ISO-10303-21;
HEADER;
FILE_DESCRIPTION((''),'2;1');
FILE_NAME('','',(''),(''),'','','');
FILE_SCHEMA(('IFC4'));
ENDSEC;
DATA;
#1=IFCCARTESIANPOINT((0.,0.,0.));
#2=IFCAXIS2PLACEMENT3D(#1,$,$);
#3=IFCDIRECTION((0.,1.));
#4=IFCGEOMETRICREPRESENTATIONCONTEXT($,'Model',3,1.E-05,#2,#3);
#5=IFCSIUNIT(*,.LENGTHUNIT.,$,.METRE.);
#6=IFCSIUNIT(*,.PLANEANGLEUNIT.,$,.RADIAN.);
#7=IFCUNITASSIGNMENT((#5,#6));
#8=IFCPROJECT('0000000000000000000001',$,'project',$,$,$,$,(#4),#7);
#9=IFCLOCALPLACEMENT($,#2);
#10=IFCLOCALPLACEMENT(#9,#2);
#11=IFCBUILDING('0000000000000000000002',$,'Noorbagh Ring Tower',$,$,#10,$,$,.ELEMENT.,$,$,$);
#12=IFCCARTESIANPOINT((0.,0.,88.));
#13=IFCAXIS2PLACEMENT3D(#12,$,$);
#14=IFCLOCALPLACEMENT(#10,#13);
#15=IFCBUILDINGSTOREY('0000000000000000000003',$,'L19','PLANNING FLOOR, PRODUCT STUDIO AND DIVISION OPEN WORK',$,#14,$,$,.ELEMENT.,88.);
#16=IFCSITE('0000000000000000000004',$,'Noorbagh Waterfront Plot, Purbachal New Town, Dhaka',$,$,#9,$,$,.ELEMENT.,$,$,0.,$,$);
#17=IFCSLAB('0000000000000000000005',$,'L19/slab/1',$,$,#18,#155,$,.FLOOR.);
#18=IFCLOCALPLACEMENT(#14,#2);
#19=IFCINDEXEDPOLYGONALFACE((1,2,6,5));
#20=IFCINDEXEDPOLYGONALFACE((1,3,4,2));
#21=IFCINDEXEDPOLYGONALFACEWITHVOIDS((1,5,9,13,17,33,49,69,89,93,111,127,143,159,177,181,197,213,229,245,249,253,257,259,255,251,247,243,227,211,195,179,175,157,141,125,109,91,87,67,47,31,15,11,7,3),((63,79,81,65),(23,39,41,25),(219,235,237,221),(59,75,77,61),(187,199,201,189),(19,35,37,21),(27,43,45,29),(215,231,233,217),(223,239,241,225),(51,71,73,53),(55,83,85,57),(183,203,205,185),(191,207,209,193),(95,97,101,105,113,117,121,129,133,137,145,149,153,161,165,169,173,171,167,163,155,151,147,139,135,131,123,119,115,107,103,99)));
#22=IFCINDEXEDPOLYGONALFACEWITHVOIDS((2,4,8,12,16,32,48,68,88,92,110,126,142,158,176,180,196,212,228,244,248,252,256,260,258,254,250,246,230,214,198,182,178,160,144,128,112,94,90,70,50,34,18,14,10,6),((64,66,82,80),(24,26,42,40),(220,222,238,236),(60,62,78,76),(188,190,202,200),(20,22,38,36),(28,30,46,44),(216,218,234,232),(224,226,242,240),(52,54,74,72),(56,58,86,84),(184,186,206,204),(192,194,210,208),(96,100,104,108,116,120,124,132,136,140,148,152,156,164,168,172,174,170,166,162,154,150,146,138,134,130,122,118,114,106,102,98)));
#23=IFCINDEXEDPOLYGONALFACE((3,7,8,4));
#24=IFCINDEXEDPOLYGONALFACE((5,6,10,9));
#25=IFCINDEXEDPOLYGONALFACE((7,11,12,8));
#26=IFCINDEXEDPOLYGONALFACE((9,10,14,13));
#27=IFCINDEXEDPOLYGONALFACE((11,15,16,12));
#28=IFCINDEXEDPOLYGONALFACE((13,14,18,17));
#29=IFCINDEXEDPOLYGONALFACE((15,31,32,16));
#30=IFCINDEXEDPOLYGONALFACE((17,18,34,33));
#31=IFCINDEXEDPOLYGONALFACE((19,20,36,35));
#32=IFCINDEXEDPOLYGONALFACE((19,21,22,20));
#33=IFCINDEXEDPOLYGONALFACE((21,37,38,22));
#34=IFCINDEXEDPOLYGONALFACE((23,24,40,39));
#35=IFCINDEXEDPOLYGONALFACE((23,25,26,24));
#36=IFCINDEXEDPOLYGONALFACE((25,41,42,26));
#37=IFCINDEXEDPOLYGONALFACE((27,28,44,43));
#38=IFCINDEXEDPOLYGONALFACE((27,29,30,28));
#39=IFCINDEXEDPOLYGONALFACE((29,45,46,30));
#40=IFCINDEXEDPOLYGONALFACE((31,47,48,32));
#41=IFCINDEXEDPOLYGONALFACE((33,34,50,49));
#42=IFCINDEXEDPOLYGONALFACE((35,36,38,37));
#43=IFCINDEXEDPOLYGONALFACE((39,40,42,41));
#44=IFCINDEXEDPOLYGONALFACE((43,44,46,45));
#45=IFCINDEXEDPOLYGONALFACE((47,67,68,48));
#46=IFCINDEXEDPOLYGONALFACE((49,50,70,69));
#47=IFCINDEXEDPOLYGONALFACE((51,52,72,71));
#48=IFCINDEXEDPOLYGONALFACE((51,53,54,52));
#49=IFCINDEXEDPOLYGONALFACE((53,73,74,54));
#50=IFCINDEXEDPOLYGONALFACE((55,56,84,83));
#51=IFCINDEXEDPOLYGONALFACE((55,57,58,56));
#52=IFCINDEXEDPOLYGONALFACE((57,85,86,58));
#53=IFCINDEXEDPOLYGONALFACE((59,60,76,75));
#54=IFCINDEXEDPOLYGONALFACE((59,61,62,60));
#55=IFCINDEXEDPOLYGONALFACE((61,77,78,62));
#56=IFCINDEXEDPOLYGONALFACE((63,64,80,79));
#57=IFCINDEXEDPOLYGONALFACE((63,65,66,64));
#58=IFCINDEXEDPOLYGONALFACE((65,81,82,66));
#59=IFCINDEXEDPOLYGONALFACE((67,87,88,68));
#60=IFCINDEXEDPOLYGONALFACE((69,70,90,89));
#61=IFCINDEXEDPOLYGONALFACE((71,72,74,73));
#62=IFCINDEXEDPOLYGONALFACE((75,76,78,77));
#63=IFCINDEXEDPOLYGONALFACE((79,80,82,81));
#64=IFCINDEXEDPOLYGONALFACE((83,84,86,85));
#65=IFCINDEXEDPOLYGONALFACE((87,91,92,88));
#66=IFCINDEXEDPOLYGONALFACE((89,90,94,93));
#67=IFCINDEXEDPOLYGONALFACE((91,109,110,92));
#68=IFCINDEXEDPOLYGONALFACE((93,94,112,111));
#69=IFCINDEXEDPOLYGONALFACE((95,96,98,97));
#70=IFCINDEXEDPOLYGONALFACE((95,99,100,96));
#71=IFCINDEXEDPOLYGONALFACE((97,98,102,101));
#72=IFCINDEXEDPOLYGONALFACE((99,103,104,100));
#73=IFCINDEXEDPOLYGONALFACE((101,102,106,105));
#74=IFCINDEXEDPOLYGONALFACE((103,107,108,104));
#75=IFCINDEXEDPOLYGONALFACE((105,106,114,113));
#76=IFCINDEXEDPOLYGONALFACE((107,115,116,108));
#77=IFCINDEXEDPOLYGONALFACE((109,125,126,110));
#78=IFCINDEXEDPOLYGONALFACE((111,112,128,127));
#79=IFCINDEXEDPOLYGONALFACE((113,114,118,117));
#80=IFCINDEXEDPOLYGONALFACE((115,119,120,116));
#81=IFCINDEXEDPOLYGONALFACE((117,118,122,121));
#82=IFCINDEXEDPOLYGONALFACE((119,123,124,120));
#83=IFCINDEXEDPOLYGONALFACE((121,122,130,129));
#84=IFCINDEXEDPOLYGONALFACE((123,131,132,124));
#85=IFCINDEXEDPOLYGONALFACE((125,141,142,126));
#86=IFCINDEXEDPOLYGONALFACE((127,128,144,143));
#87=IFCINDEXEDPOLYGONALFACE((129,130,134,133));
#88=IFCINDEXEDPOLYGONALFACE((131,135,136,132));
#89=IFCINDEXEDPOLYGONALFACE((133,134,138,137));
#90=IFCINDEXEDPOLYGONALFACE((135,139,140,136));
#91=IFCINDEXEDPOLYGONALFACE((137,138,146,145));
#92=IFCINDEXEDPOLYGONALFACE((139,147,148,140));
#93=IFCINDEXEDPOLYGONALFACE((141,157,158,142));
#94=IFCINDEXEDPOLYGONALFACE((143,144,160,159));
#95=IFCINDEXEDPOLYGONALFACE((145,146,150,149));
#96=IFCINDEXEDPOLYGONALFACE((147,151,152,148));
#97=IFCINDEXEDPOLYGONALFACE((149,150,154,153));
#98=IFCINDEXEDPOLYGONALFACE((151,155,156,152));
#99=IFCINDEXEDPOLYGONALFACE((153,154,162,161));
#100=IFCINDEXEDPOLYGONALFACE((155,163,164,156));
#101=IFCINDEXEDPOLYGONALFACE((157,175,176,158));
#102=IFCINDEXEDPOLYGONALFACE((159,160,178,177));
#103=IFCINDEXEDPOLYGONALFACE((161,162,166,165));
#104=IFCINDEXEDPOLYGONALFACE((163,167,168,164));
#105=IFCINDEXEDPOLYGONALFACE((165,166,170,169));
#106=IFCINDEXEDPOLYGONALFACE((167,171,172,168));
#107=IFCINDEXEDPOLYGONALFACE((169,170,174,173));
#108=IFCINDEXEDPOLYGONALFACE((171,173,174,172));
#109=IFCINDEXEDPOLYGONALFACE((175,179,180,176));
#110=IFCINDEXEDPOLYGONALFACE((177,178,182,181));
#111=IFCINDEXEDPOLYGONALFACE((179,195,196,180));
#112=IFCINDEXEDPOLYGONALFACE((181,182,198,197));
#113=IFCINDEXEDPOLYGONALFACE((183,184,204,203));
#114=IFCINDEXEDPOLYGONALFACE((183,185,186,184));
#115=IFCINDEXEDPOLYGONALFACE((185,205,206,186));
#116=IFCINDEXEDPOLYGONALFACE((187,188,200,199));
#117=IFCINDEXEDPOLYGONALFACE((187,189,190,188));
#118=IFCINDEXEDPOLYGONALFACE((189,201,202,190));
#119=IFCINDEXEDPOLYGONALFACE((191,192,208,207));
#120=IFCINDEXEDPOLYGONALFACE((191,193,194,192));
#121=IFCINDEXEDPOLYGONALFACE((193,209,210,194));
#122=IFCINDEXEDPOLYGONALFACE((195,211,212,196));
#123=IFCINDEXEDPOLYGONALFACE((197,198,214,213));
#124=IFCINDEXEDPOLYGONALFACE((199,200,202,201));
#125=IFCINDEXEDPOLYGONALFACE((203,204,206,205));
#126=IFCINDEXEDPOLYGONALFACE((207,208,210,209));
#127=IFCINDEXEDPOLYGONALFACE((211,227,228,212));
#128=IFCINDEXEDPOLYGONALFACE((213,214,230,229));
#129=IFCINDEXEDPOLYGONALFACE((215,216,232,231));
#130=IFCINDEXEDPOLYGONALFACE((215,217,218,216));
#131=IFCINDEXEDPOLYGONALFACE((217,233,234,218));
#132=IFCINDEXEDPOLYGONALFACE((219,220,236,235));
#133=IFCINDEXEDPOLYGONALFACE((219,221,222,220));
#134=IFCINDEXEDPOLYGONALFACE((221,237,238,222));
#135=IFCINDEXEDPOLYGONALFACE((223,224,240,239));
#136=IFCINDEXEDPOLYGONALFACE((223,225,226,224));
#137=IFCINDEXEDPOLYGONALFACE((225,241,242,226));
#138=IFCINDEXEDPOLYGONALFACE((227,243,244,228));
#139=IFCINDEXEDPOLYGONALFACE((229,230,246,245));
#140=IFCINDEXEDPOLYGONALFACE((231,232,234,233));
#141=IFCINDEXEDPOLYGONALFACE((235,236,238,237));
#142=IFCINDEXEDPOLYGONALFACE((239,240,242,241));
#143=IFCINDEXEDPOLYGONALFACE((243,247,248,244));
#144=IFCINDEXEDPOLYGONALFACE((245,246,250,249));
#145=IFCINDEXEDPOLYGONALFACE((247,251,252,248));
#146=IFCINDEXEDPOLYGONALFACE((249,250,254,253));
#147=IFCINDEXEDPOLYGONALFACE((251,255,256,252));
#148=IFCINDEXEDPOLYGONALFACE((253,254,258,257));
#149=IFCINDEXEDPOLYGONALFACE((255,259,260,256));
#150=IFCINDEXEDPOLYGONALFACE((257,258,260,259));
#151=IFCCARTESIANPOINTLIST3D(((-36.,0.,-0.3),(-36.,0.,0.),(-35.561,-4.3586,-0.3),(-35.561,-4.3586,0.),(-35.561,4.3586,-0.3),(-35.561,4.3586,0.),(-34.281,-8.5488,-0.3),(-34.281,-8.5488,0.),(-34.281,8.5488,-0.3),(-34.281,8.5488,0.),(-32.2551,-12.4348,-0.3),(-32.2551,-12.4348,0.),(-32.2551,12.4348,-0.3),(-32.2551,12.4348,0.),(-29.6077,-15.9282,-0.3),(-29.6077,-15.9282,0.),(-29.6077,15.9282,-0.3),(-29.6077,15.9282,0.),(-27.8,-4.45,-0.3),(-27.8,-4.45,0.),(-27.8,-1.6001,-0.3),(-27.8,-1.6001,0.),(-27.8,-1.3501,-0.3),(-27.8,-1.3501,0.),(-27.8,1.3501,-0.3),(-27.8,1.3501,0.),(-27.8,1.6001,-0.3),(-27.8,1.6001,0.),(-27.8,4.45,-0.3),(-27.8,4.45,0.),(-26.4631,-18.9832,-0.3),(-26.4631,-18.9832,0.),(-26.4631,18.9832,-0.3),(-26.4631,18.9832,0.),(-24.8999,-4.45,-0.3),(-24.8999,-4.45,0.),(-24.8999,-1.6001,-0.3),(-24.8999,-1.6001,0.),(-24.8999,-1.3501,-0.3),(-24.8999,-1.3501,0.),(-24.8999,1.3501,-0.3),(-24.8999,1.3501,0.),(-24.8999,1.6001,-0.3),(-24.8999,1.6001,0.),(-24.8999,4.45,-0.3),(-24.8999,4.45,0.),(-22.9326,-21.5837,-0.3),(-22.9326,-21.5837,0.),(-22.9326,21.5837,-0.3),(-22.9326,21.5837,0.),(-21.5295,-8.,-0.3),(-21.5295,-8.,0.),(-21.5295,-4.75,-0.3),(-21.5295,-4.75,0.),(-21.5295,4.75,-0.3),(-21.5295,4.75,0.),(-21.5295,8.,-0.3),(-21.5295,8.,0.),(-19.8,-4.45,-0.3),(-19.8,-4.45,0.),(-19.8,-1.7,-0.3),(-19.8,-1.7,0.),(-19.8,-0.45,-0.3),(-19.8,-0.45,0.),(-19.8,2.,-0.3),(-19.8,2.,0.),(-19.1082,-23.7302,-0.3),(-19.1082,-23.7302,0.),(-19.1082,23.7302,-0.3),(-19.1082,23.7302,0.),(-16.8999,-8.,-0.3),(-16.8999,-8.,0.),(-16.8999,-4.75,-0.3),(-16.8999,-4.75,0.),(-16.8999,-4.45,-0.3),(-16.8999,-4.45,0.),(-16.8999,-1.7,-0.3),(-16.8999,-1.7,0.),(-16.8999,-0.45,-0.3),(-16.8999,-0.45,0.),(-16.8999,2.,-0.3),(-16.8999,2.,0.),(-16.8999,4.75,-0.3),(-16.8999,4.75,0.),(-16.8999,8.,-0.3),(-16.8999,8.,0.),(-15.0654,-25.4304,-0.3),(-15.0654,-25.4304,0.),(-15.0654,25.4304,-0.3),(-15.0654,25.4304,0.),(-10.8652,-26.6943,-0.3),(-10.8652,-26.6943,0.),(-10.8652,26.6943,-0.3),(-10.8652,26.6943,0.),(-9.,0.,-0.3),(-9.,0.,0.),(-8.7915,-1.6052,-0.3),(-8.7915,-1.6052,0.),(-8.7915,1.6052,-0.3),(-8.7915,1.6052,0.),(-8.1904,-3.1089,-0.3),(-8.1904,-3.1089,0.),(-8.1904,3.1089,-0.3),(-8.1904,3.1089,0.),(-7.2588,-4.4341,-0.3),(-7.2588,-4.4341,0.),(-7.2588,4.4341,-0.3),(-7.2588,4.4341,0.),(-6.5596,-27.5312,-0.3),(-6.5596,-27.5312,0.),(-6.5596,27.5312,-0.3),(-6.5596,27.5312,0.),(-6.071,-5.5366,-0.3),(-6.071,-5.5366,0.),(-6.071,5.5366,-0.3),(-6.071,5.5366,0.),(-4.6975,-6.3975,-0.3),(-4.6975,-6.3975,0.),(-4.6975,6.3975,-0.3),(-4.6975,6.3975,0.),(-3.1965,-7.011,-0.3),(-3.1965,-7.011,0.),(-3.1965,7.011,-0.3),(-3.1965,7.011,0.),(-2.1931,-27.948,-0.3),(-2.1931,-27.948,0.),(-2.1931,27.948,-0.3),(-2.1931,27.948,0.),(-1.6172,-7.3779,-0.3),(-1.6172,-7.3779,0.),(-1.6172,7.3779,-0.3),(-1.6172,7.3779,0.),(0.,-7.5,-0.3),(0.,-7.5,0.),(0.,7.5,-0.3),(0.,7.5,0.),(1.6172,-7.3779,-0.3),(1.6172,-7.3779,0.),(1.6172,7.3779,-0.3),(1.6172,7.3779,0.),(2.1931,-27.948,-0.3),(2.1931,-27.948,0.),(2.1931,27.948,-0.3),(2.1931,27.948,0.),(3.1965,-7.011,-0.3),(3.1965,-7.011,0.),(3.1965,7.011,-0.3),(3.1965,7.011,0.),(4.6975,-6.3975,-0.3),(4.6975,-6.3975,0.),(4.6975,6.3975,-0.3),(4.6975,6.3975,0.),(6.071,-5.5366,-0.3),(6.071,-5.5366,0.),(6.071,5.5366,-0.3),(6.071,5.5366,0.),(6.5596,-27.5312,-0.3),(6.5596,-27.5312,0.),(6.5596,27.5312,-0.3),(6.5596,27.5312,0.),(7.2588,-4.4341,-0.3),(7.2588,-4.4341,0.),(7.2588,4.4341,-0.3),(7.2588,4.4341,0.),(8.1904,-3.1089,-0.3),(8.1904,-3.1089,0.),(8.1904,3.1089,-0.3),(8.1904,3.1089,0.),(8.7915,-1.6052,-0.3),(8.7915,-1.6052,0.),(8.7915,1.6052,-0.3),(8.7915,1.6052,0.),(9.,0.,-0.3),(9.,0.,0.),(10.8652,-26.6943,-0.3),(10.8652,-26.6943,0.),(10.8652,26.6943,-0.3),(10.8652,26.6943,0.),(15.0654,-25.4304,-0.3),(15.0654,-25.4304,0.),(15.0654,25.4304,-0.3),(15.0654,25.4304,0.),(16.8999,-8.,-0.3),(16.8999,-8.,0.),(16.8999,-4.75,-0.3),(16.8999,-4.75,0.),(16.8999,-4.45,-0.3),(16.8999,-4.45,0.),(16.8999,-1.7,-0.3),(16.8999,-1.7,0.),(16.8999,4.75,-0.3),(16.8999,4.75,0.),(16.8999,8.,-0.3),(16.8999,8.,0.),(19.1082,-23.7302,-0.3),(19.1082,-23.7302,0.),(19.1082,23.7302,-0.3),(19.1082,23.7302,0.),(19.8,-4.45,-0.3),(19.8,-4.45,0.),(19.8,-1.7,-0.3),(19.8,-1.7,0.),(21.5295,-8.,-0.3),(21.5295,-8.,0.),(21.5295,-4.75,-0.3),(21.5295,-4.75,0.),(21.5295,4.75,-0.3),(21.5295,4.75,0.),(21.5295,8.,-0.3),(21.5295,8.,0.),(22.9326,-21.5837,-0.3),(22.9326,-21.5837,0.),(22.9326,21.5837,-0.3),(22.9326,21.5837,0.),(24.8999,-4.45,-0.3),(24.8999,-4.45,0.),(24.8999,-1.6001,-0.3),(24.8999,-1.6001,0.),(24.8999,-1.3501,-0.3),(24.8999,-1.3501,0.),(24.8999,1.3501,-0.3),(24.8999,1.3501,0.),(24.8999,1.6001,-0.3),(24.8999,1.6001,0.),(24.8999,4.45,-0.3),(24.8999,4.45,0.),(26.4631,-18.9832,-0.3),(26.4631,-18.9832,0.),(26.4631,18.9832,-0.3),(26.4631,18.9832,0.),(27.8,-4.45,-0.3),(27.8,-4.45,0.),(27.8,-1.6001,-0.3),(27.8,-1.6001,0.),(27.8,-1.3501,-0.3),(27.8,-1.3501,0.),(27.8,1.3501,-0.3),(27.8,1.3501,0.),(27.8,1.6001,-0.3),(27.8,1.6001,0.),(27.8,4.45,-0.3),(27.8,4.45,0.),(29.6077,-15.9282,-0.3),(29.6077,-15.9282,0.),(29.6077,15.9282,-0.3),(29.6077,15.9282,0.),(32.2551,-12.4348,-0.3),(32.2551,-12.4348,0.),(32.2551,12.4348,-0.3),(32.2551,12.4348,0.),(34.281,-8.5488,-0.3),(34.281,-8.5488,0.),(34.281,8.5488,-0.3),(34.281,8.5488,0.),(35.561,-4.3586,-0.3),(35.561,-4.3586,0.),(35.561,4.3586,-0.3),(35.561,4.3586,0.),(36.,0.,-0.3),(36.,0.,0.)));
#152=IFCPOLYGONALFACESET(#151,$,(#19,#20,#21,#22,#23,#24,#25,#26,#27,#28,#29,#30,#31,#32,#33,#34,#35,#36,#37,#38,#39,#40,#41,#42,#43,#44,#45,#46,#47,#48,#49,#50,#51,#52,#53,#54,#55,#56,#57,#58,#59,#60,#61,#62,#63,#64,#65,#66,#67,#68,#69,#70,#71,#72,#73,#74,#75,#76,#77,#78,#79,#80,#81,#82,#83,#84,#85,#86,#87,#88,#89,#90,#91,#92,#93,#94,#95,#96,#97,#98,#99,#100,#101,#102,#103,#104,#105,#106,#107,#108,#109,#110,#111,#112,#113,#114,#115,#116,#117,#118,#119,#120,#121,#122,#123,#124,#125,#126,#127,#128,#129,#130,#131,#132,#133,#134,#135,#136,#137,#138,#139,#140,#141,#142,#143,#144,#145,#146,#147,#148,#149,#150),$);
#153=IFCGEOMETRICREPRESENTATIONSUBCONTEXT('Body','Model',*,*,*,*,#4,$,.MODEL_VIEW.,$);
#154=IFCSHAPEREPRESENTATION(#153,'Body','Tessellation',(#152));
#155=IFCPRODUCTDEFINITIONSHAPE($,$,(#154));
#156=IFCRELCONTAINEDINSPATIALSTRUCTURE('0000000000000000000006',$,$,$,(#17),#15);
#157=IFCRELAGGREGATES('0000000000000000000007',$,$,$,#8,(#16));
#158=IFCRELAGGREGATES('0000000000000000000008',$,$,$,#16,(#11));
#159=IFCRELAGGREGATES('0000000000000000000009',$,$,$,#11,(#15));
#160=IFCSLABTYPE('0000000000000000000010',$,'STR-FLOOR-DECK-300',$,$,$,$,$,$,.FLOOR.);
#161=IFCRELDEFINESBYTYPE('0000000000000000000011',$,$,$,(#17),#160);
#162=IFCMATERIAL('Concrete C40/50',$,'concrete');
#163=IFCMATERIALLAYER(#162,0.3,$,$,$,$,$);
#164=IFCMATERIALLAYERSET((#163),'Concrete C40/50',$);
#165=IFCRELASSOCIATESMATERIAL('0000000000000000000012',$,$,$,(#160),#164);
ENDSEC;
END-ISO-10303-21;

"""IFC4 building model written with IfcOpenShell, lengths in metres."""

from ifc_helpers import new_model, si_unit, direction, frame, origin, place, context, subcontext, project, spatial, polyline, outline, extrude, material, layer, layer_set, type_object, element, save


model = new_model("IFC4")

# Units and contexts
model_context = context("Model", 3, precision=1e-05, world=origin(), true_north=direction((0.0, 1.0)))
body_context = subcontext(model_context, "Body", "Model", "MODEL_VIEW")
ifc_project = project(units=[si_unit("LENGTHUNIT", "METRE"), si_unit("PLANEANGLEUNIT", "RADIAN")], contexts=[model_context])

# Site, building, storey
site_placement = place(None, origin())
site = spatial("IfcSite", under=ifc_project, at=site_placement, Name="Noorbagh Waterfront Plot, Purbachal New Town, Dhaka", CompositionType="ELEMENT", RefElevation=0.0)
building_placement = place(site_placement, origin())
building = spatial("IfcBuilding", under=site, at=building_placement, Name="Noorbagh Ring Tower", CompositionType="ELEMENT")
storey_placement = place(building_placement, frame((0.0, 0.0, 88.0)))
storey = spatial("IfcBuildingStorey", under=building, at=storey_placement, Name="L19", Description="PLANNING FLOOR, PRODUCT STUDIO AND DIVISION OPEN WORK", CompositionType="ELEMENT", Elevation=88.0)

# Slab
ifc_material_1 = material(Name="Concrete C40/50", Category="concrete")
ifc_layer_1 = layer(ifc_material_1, 0.3)
ifc_layer_set_1 = layer_set([ifc_layer_1], Name="Concrete C40/50")
slab_type_1 = type_object("IfcSlabType", Name="STR-FLOOR-DECK-300", PredefinedType="FLOOR", material=ifc_layer_set_1)
slab_1_placement = place(storey_placement, frame((0.0, 0.0, -0.3)))
element("IfcSlab", 1, at=slab_1_placement, inside=storey, type_object=slab_type_1, Name="L19/slab/1", PredefinedType="FLOOR", context=body_context, shape_type="SweptSolid", body=[
    extrude(outline(polyline([(36.0, 0.0), (35.561, 4.3586), (34.281, 8.5488), (32.2551, 12.4348), (29.6077, 15.9282), (26.4631, 18.9832), (22.9326, 21.5837), (19.1082, 23.7302), (15.0654, 25.4304), (10.8652, 26.6943), (6.5596, 27.5312), (2.1931, 27.948), (-2.1931, 27.948), (-6.5596, 27.5312), (-10.8652, 26.6943), (-15.0654, 25.4304), (-19.1082, 23.7302), (-22.9326, 21.5837), (-26.4631, 18.9832), (-29.6077, 15.9282), (-32.2551, 12.4348), (-34.281, 8.5488), (-35.561, 4.3586), (-36.0, 0.0), (-35.561, -4.3586), (-34.281, -8.5488), (-32.2551, -12.4348), (-29.6077, -15.9282), (-26.4631, -18.9832), (-22.9326, -21.5837), (-19.1082, -23.7302), (-15.0654, -25.4304), (-10.8652, -26.6943), (-6.5596, -27.5312), (-2.1931, -27.948), (2.1931, -27.948), (6.5596, -27.5312), (10.8652, -26.6943), (15.0654, -25.4304), (19.1082, -23.7302), (22.9326, -21.5837), (26.4631, -18.9832), (29.6077, -15.9282), (32.2551, -12.4348), (34.281, -8.5488), (35.561, -4.3586), (36.0, 0.0)]), holes=[polyline([(24.8999, -1.6001), (27.8, -1.6001), (27.8, -4.45), (24.8999, -4.45), (24.8999, -1.6001)]), polyline([(24.8999, 1.3501), (27.8, 1.3501), (27.8, -1.3501), (24.8999, -1.3501), (24.8999, 1.3501)]), polyline([(24.8999, 4.45), (27.8, 4.45), (27.8, 1.6001), (24.8999, 1.6001), (24.8999, 4.45)]), polyline([(21.5295, -4.75), (21.5295, -8.0), (16.8999, -8.0), (16.8999, -4.75), (21.5295, -4.75)]), polyline([(21.5295, 4.75), (16.8999, 4.75), (16.8999, 8.0), (21.5295, 8.0), (21.5295, 4.75)]), polyline([(16.8999, -1.7), (19.8, -1.7), (19.8, -4.45), (16.8999, -4.45), (16.8999, -1.7)]), polyline([(4.6975, -6.3975), (3.1965, -7.011), (1.6172, -7.3779), (0.0, -7.5), (-1.6172, -7.3779), (-3.1965, -7.011), (-4.6975, -6.3975), (-6.071, -5.5366), (-7.2588, -4.4341), (-8.1904, -3.1089), (-8.7915, -1.6052), (-9.0, 0.0), (-8.7915, 1.6052), (-8.1904, 3.1089), (-7.2588, 4.4341), (-6.071, 5.5366), (-4.6975, 6.3975), (-3.1965, 7.011), (-1.6172, 7.3779), (0.0, 7.5), (1.6172, 7.3779), (3.1965, 7.011), (4.6975, 6.3975), (6.071, 5.5366), (7.2588, 4.4341), (8.1904, 3.1089), (8.7915, 1.6052), (9.0, 0.0), (8.7915, -1.6052), (8.1904, -3.1089), (7.2588, -4.4341), (6.071, -5.5366), (4.6975, -6.3975)]), polyline([(-21.5295, -8.0), (-21.5295, -4.75), (-16.8999, -4.75), (-16.8999, -8.0), (-21.5295, -8.0)]), polyline([(-21.5295, 8.0), (-16.8999, 8.0), (-16.8999, 4.75), (-21.5295, 4.75), (-21.5295, 8.0)]), polyline([(-16.8999, -4.45), (-19.8, -4.45), (-19.8, -1.7), (-16.8999, -1.7), (-16.8999, -4.45)]), polyline([(-16.8999, -0.45), (-19.8, -0.45), (-19.8, 2.0), (-16.8999, 2.0), (-16.8999, -0.45)]), polyline([(-24.8999, -4.45), (-27.8, -4.45), (-27.8, -1.6001), (-24.8999, -1.6001), (-24.8999, -4.45)]), polyline([(-24.8999, -1.3501), (-27.8, -1.3501), (-27.8, 1.3501), (-24.8999, 1.3501), (-24.8999, -1.3501)]), polyline([(-24.8999, 1.6001), (-27.8, 1.6001), (-27.8, 4.45), (-24.8999, 4.45), (-24.8999, 1.6001)])]), origin(), (0.0, 0.0, 1.0), 0.3),
])

save(model, "model.ifc")
